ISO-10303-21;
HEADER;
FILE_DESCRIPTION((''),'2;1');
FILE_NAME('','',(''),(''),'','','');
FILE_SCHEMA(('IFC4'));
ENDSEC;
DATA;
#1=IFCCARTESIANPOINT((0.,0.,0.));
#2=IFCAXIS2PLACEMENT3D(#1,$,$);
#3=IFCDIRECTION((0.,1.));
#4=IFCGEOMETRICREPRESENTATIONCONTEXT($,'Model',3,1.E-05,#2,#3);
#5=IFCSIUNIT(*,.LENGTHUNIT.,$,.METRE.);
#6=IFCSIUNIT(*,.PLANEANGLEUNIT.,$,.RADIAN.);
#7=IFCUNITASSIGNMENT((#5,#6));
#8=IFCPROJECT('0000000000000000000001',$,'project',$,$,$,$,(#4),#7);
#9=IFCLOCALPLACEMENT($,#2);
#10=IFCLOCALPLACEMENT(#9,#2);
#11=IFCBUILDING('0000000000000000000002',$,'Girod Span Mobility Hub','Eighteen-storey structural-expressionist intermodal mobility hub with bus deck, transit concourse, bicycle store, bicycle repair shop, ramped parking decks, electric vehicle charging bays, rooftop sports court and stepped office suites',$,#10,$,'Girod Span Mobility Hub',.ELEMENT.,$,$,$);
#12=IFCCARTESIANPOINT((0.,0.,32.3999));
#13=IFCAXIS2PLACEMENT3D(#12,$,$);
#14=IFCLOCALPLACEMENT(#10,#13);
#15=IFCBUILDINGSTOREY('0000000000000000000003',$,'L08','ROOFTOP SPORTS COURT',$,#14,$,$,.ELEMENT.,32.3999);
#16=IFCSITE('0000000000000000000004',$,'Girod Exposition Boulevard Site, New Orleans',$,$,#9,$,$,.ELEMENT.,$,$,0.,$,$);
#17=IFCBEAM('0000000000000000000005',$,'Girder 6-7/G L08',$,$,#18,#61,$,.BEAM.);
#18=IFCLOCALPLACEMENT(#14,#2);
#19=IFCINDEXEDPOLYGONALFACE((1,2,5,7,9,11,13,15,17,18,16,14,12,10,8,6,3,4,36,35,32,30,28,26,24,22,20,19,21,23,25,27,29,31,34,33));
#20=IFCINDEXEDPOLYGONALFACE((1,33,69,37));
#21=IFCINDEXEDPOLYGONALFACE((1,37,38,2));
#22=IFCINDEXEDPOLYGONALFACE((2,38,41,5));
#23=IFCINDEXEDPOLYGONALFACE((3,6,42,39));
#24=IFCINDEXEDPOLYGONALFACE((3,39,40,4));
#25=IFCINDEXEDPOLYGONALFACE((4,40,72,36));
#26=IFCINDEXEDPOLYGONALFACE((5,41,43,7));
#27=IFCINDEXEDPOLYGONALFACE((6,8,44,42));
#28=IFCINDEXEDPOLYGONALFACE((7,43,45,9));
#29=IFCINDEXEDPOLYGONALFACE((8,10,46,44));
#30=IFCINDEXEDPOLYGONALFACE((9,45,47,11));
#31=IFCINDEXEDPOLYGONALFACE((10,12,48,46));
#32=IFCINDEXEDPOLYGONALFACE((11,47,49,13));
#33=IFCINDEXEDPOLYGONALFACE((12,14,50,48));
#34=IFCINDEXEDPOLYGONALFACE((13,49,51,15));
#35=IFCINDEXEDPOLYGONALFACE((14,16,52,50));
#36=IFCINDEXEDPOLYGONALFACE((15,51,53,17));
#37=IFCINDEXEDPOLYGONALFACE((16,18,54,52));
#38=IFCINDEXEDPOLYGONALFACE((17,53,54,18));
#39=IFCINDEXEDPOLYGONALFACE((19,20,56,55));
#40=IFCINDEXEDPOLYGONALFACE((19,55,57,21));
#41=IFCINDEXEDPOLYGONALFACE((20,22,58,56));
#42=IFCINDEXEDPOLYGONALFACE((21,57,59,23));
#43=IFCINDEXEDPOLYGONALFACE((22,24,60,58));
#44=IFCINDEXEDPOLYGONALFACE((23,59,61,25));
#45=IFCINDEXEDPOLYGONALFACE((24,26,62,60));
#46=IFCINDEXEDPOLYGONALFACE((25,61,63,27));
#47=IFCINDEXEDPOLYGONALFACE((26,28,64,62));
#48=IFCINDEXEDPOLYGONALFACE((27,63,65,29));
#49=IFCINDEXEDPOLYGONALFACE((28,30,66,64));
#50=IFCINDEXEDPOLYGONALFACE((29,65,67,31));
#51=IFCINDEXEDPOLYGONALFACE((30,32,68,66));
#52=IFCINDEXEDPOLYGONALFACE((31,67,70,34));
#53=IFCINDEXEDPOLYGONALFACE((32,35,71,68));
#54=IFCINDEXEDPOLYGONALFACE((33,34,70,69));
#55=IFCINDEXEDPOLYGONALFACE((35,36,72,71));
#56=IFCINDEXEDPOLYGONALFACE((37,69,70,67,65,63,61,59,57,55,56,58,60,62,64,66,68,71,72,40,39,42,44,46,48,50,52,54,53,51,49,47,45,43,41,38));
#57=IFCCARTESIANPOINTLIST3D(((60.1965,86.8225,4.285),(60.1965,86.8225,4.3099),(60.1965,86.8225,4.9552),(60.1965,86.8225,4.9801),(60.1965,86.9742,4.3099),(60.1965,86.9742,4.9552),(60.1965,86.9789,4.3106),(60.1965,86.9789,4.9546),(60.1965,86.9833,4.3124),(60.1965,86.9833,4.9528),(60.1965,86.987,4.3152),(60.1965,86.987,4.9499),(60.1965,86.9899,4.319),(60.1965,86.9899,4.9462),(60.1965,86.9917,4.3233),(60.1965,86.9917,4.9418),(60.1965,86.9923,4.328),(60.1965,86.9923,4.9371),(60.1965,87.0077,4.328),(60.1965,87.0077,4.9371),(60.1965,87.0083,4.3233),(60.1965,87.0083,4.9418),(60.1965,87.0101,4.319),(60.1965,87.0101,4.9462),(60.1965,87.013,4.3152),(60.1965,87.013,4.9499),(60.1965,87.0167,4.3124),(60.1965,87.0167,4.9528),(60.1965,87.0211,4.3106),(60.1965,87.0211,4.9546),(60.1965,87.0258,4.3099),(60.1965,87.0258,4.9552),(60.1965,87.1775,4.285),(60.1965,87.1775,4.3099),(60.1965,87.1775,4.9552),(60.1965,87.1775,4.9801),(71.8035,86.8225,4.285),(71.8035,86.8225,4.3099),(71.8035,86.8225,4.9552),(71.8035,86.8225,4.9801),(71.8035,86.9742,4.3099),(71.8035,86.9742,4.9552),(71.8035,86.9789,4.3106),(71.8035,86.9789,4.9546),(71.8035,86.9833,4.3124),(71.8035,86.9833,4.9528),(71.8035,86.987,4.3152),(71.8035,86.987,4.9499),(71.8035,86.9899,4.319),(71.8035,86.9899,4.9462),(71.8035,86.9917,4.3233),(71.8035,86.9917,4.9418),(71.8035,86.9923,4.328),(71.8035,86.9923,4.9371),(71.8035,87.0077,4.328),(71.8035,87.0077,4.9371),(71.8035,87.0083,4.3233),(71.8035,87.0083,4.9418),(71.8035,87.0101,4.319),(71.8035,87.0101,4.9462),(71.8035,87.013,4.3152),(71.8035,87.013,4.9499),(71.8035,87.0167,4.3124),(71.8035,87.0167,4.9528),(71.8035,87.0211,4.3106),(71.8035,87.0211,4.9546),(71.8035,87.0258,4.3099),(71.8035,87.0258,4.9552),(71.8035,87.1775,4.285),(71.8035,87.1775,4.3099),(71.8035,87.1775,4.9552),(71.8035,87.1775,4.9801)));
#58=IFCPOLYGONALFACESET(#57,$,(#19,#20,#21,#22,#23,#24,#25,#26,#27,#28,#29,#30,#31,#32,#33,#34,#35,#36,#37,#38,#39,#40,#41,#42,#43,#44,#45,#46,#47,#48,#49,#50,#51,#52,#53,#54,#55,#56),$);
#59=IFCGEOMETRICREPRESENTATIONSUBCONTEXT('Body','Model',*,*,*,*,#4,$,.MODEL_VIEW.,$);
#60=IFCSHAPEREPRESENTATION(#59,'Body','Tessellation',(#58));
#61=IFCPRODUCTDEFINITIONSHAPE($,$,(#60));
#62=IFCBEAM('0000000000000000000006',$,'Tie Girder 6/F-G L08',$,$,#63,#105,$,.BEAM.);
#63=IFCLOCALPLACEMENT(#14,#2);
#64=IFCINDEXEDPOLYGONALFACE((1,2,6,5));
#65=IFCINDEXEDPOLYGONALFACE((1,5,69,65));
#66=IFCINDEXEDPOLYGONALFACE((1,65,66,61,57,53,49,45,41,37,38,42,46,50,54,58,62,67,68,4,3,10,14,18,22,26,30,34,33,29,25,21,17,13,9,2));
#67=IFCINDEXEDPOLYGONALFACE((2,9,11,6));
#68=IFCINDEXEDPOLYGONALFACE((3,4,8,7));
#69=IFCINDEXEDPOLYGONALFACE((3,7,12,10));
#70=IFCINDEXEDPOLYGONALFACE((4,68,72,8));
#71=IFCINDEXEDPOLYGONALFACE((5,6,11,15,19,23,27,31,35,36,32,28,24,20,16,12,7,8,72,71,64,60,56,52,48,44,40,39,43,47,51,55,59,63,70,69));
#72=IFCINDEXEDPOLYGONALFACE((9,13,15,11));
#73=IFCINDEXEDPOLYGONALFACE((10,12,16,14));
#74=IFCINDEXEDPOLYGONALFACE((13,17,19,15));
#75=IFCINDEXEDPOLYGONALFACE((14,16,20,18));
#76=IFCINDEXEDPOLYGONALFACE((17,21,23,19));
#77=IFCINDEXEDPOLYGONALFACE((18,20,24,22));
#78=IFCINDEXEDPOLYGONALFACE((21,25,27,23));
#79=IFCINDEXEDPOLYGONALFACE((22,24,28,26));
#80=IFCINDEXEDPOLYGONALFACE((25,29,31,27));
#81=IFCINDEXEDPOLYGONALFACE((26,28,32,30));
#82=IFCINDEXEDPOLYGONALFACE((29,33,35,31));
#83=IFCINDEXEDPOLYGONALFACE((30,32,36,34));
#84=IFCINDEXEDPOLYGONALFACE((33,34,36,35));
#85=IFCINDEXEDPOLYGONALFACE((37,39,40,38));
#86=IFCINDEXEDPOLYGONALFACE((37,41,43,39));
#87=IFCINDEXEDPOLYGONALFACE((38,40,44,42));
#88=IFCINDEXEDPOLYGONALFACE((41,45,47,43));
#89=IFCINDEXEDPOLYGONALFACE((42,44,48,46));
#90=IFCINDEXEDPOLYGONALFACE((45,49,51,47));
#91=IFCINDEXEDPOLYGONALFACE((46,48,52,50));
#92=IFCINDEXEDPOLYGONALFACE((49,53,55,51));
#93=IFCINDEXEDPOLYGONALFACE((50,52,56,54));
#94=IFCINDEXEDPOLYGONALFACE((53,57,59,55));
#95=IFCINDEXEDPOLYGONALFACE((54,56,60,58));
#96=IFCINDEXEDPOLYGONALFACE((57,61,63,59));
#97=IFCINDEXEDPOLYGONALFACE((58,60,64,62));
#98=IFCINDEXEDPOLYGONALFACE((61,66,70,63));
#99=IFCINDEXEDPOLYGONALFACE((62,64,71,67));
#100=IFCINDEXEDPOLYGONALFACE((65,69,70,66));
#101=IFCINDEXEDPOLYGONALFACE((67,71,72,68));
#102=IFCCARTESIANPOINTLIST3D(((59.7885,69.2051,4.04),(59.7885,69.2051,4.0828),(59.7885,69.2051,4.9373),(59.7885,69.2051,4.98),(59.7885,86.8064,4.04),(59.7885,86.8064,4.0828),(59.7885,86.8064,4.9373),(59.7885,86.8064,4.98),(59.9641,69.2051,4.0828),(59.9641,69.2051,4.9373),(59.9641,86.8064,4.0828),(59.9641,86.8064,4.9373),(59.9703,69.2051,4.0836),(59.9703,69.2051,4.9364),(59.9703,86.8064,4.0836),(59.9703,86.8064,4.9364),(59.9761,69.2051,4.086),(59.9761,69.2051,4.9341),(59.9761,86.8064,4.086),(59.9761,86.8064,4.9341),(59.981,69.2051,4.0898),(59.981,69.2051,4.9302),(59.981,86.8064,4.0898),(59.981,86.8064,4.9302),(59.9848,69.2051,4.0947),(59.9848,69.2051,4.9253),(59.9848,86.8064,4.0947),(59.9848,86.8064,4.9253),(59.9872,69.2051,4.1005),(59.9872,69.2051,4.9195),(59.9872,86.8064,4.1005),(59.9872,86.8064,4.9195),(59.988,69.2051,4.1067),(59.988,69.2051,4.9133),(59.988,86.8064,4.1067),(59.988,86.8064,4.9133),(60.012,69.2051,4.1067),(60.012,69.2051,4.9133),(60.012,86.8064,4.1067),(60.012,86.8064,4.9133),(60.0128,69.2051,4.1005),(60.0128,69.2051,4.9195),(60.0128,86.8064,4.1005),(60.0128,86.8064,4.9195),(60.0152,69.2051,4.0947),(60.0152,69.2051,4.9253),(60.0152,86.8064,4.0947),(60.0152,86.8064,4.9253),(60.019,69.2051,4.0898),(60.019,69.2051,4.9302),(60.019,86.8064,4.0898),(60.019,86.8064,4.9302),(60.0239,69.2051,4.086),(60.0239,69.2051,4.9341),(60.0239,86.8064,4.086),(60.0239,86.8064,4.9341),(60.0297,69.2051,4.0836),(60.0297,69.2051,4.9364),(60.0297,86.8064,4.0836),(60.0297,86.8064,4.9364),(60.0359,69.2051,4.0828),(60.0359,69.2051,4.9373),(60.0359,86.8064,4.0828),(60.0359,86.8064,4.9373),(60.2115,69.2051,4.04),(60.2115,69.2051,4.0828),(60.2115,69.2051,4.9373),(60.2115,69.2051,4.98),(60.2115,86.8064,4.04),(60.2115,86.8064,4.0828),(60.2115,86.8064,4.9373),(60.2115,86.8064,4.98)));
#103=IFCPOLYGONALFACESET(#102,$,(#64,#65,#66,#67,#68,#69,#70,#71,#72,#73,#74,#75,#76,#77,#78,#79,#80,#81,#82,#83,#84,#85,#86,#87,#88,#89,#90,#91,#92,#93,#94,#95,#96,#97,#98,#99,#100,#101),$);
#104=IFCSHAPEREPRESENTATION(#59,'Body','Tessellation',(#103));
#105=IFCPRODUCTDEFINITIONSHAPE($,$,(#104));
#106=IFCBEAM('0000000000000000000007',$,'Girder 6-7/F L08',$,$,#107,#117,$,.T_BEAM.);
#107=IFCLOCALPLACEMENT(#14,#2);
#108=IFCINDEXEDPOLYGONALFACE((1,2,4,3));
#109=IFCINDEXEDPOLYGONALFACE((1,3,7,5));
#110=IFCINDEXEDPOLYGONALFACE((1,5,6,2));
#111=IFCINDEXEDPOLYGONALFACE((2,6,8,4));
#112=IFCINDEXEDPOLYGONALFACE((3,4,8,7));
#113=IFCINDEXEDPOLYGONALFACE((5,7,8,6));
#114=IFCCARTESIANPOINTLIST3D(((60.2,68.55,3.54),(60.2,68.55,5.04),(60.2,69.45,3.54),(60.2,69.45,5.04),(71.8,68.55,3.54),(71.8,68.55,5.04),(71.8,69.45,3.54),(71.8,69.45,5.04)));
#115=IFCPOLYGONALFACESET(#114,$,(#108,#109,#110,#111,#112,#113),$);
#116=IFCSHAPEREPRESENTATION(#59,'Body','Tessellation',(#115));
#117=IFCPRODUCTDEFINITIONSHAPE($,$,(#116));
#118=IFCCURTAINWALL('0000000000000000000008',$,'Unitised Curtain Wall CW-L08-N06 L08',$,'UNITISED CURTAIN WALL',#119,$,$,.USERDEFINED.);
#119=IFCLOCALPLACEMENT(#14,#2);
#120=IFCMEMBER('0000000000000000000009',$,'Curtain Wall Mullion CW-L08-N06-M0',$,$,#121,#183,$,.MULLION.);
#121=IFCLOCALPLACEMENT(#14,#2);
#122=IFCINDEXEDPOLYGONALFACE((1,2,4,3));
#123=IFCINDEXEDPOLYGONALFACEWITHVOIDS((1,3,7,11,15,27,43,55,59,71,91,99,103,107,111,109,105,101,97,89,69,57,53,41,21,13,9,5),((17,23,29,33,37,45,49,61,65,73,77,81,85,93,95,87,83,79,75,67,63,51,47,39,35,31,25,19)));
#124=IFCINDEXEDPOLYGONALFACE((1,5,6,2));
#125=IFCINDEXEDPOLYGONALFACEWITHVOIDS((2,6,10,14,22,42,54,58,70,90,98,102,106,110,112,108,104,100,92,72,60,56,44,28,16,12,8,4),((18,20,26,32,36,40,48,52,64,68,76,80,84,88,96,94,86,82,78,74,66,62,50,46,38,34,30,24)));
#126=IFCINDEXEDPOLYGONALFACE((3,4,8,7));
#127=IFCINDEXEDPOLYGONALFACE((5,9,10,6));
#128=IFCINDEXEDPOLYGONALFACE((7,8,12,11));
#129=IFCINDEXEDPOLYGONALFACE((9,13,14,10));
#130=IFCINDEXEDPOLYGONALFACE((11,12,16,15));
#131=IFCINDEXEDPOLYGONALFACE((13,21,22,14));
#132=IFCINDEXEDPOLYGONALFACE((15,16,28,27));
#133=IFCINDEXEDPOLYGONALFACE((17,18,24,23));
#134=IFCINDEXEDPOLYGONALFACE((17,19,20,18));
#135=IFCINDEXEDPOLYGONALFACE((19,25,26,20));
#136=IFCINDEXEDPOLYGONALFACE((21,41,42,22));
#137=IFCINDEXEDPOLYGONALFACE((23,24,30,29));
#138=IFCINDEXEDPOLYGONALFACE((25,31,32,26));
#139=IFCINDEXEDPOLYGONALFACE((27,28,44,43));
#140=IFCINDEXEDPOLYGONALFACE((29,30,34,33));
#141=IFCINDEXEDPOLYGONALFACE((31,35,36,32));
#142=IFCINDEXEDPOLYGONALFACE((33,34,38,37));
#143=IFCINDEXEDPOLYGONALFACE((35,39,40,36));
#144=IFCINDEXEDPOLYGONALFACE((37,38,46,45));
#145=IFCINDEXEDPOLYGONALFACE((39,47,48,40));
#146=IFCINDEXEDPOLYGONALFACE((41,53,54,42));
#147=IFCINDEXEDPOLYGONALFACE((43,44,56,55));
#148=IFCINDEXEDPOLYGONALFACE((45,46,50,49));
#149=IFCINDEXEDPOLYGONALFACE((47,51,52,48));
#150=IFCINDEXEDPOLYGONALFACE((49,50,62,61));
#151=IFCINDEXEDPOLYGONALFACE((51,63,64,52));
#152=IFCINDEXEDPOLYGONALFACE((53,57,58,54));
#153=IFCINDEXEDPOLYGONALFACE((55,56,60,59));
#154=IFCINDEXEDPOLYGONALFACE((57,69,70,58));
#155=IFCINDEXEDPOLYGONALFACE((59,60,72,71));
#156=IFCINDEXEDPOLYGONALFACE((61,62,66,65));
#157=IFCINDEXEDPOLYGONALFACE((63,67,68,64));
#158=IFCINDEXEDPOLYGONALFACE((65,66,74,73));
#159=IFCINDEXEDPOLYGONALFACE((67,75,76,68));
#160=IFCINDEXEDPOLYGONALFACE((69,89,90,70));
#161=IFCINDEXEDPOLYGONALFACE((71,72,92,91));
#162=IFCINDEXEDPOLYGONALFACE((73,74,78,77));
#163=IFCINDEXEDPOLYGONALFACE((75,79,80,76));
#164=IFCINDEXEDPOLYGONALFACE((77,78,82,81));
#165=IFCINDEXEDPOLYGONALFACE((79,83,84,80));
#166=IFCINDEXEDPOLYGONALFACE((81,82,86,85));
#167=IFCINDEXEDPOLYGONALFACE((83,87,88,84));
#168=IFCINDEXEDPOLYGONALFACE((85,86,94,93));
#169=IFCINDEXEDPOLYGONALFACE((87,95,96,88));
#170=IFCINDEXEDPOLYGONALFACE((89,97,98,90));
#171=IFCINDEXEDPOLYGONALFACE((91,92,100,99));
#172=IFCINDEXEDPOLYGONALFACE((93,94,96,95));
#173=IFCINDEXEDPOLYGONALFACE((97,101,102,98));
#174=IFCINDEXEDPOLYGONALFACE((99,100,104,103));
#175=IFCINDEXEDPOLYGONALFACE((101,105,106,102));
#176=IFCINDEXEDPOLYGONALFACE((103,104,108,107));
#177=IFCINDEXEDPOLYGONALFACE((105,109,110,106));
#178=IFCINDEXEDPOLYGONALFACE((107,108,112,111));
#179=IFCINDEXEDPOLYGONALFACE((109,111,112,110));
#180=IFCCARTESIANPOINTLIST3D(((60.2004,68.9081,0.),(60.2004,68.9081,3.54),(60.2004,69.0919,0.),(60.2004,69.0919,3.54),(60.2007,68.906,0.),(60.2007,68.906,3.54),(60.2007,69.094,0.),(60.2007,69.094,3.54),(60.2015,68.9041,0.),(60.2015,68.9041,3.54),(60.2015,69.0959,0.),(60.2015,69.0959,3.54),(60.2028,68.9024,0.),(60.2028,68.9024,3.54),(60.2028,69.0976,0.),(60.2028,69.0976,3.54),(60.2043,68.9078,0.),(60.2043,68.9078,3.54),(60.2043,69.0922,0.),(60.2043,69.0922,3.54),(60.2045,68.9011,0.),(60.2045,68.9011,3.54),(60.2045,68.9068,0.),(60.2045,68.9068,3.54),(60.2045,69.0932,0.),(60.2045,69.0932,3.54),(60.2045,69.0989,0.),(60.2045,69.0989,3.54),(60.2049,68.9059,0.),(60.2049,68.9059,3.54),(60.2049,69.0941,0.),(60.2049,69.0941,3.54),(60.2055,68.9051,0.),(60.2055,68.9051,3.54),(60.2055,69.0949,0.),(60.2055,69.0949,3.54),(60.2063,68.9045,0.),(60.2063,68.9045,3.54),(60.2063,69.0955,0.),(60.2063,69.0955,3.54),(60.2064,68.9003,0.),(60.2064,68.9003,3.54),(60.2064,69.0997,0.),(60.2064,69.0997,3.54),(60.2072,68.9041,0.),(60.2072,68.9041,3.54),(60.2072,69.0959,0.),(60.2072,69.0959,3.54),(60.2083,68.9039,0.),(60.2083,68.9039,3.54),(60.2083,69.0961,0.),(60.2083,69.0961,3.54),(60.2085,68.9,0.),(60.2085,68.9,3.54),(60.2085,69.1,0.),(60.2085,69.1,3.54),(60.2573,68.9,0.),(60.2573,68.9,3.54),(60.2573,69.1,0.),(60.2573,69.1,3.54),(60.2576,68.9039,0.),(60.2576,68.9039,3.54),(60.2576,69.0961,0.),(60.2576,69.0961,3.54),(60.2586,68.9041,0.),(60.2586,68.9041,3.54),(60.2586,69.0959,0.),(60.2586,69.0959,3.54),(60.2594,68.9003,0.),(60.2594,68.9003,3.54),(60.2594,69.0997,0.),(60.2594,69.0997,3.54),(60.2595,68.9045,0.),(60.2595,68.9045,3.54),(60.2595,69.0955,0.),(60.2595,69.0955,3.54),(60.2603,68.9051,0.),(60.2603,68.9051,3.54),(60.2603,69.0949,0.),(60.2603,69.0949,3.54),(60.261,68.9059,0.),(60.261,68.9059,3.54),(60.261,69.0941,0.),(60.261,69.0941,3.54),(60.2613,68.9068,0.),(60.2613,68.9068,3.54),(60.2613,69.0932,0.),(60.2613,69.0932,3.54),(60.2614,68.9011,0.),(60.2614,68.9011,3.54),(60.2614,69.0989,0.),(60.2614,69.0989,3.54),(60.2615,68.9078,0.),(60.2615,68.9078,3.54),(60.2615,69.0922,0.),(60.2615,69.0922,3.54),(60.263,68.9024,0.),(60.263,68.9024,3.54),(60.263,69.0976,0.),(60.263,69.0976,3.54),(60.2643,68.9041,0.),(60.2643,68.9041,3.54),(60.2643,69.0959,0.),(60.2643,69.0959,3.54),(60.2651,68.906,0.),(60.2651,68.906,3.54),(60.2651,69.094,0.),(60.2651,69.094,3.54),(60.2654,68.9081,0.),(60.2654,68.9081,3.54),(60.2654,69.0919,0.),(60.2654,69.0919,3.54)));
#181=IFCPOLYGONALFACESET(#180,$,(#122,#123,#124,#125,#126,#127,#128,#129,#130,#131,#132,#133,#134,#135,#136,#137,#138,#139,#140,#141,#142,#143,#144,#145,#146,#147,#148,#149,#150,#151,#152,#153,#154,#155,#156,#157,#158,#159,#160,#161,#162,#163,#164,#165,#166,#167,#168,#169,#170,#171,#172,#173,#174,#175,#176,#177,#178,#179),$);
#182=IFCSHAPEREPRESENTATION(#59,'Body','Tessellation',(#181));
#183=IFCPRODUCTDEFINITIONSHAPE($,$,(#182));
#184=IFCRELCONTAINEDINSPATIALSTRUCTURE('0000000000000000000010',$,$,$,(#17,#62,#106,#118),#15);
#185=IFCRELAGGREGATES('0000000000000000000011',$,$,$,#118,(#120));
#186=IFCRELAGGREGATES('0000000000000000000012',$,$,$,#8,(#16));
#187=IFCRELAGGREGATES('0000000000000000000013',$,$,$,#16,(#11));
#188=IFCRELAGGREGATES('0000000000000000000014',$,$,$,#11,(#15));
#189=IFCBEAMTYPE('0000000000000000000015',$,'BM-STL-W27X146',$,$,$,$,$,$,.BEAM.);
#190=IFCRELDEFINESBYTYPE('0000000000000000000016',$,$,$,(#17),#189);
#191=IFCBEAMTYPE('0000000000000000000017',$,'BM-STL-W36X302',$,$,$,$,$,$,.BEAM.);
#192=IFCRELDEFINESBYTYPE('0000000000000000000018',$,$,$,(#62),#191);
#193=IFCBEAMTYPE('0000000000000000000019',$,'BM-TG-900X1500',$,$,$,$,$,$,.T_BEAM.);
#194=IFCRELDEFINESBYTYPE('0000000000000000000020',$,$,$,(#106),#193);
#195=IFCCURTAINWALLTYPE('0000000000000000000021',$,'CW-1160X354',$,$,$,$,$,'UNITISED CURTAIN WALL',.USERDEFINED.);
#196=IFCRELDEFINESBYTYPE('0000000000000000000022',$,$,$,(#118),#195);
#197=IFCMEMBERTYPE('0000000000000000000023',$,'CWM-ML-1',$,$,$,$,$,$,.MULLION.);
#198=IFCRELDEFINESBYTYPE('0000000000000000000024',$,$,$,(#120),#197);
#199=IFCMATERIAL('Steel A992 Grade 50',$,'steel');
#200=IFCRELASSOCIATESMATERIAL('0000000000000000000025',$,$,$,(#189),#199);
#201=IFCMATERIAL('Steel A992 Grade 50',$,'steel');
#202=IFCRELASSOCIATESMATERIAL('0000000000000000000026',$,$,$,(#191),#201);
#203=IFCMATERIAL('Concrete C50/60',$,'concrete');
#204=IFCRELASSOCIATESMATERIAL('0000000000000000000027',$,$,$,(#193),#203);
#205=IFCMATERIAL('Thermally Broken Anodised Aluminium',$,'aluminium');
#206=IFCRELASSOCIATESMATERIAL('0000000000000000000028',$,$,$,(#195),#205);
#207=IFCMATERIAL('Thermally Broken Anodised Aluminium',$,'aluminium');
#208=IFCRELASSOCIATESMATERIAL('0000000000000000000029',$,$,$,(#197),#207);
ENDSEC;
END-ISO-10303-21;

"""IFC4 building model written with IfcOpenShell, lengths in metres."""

from ifc_helpers import new_model, si_unit, direction, frame, origin, origin_2d, place, context, subcontext, project, spatial, rectangle, hollow_rectangle, i_section, extrude, material, material_profile, profile_set, type_object, element, aggregate, save


model = new_model("IFC4")

# Units and contexts
model_context = context("Model", 3, precision=1e-05, world=origin(), true_north=direction((0.0, 1.0)))
body_context = subcontext(model_context, "Body", "Model", "MODEL_VIEW")
ifc_project = project(units=[si_unit("LENGTHUNIT", "METRE"), si_unit("PLANEANGLEUNIT", "RADIAN")], contexts=[model_context])

# Site, building, storey
site_placement = place(None, origin())
site = spatial("IfcSite", under=ifc_project, at=site_placement, Name="Girod Exposition Boulevard Site, New Orleans", CompositionType="ELEMENT", RefElevation=0.0)
building_placement = place(site_placement, origin())
building = spatial("IfcBuilding", under=site, at=building_placement, Name="Girod Span Mobility Hub", Description="Eighteen-storey structural-expressionist intermodal mobility hub with bus deck, transit concourse, bicycle store, bicycle repair shop, ramped parking decks, electric vehicle charging bays, rooftop sports court and stepped office suites", LongName="Girod Span Mobility Hub", CompositionType="ELEMENT")
storey_placement = place(building_placement, frame((0.0, 0.0, 32.3999)))
storey = spatial("IfcBuildingStorey", under=building, at=storey_placement, Name="L08", Description="ROOFTOP SPORTS COURT", CompositionType="ELEMENT", Elevation=32.3999)

# Beams
ifc_material_1 = material(Name="Steel A992 Grade 50", Category="steel")
ifc_material_profile_1 = material_profile(ifc_material_1, i_section(OverallWidth=0.355, OverallDepth=0.6951, WebThickness=0.0154, FlangeThickness=0.0249, FilletRadius=0.0181, at=origin_2d()), Name="W27X146")
ifc_profile_set_1 = profile_set([ifc_material_profile_1], Name="Steel A992 Grade 50")
beam_type_1 = type_object("IfcBeamType", Name="BM-STL-W27X146", PredefinedType="BEAM", material=ifc_profile_set_1)
beam_1_placement = place(storey_placement, frame((60.1965, 87.0, 4.6326), z_axis=(1.0, 0.0, 0.0), x_axis=(0.0, 1.0, 0.0)))
element("IfcBeam", 1, at=beam_1_placement, inside=storey, type_object=beam_type_1, Name="Girder 6-7/G L08", PredefinedType="BEAM", context=body_context, shape_type="SweptSolid", body=[
    extrude(i_section(OverallWidth=0.355, OverallDepth=0.6951, WebThickness=0.0154, FlangeThickness=0.0249, FilletRadius=0.0181, at=origin_2d()), origin(), (0.0, 0.0, 1.0), 11.6069),
])
ifc_material_2 = material(Name="Steel A992 Grade 50", Category="steel")
ifc_material_profile_2 = material_profile(ifc_material_2, i_section(OverallWidth=0.4231, OverallDepth=0.9399, WebThickness=0.0239, FlangeThickness=0.0427, FilletRadius=0.0239, at=origin_2d()), Name="W36X302")
ifc_profile_set_2 = profile_set([ifc_material_profile_2], Name="Steel A992 Grade 50")
beam_type_2 = type_object("IfcBeamType", Name="BM-STL-W36X302", PredefinedType="BEAM", material=ifc_profile_set_2)
beam_2_placement = place(storey_placement, frame((60.0, 69.2051, 4.51), z_axis=(0.0, 1.0, 0.0), x_axis=(-1.0, 0.0, 0.0)))
element("IfcBeam", 2, at=beam_2_placement, inside=storey, type_object=beam_type_2, Name="Tie Girder 6/F-G L08", PredefinedType="BEAM", context=body_context, shape_type="SweptSolid", body=[
    extrude(i_section(OverallWidth=0.4231, OverallDepth=0.9399, WebThickness=0.0239, FlangeThickness=0.0427, FilletRadius=0.0239, at=origin_2d()), origin(), (0.0, 0.0, 1.0), 17.6013),
])
ifc_material_3 = material(Name="Concrete C50/60", Category="concrete")
ifc_material_profile_3 = material_profile(ifc_material_3, rectangle(XDim=0.8999, YDim=1.5, at=origin_2d()), Name="TG-900X1500")
ifc_profile_set_3 = profile_set([ifc_material_profile_3], Name="Concrete C50/60")
beam_type_3 = type_object("IfcBeamType", Name="BM-TG-900X1500", PredefinedType="T_BEAM", material=ifc_profile_set_3)
beam_3_placement = place(storey_placement, frame((60.2, 69.0, 4.29), z_axis=(1.0, 0.0, 0.0), x_axis=(0.0, 1.0, 0.0)))
element("IfcBeam", 3, at=beam_3_placement, inside=storey, type_object=beam_type_3, Name="Girder 6-7/F L08", PredefinedType="T_BEAM", context=body_context, shape_type="SweptSolid", body=[
    extrude(rectangle(XDim=0.8999, YDim=1.5, at=origin_2d()), origin(), (0.0, 0.0, 1.0), 11.6001),
])

# Curtain wall, member
ifc_material_4 = material(Name="Thermally Broken Anodised Aluminium", Category="aluminium")
curtain_wall_type = type_object("IfcCurtainWallType", Name="CW-1160X354", ElementType="UNITISED CURTAIN WALL", PredefinedType="USERDEFINED", material=ifc_material_4)
curtain_wall_placement = place(storey_placement, origin())
curtain_wall = element("IfcCurtainWall", 4, at=curtain_wall_placement, inside=storey, type_object=curtain_wall_type, Name="Unitised Curtain Wall CW-L08-N06 L08", ObjectType="UNITISED CURTAIN WALL", PredefinedType="USERDEFINED")
ifc_material_5 = material(Name="Thermally Broken Anodised Aluminium", Category="aluminium")
ifc_material_profile_4 = material_profile(ifc_material_5, hollow_rectangle(XDim=0.2, YDim=0.0649, WallThickness=0.0039, InnerFilletRadius=0.0039, OuterFilletRadius=0.0081, at=origin_2d()), Name="CW-ML-65X200")
ifc_profile_set_4 = profile_set([ifc_material_profile_4], Name="Thermally Broken Anodised Aluminium")
member_type_1 = type_object("IfcMemberType", Name="CWM-ML-1", PredefinedType="MULLION", material=ifc_profile_set_4)
member_1_placement = place(storey_placement, frame((60.2329, 69.0, 0.0), z_axis=(0.0, 0.0, 1.0), x_axis=(0.0, 1.0, 0.0)))
member_1 = element("IfcMember", 5, at=member_1_placement, type_object=member_type_1, Name="Curtain Wall Mullion CW-L08-N06-M0", PredefinedType="MULLION", context=body_context, shape_type="SweptSolid", body=[
    extrude(hollow_rectangle(XDim=0.2, YDim=0.0649, WallThickness=0.0039, InnerFilletRadius=0.0039, OuterFilletRadius=0.0081, at=origin_2d()), origin(), (0.0, 0.0, 1.0), 3.54),
])

aggregate(curtain_wall, [member_1])

save(model, "model.ifc")
